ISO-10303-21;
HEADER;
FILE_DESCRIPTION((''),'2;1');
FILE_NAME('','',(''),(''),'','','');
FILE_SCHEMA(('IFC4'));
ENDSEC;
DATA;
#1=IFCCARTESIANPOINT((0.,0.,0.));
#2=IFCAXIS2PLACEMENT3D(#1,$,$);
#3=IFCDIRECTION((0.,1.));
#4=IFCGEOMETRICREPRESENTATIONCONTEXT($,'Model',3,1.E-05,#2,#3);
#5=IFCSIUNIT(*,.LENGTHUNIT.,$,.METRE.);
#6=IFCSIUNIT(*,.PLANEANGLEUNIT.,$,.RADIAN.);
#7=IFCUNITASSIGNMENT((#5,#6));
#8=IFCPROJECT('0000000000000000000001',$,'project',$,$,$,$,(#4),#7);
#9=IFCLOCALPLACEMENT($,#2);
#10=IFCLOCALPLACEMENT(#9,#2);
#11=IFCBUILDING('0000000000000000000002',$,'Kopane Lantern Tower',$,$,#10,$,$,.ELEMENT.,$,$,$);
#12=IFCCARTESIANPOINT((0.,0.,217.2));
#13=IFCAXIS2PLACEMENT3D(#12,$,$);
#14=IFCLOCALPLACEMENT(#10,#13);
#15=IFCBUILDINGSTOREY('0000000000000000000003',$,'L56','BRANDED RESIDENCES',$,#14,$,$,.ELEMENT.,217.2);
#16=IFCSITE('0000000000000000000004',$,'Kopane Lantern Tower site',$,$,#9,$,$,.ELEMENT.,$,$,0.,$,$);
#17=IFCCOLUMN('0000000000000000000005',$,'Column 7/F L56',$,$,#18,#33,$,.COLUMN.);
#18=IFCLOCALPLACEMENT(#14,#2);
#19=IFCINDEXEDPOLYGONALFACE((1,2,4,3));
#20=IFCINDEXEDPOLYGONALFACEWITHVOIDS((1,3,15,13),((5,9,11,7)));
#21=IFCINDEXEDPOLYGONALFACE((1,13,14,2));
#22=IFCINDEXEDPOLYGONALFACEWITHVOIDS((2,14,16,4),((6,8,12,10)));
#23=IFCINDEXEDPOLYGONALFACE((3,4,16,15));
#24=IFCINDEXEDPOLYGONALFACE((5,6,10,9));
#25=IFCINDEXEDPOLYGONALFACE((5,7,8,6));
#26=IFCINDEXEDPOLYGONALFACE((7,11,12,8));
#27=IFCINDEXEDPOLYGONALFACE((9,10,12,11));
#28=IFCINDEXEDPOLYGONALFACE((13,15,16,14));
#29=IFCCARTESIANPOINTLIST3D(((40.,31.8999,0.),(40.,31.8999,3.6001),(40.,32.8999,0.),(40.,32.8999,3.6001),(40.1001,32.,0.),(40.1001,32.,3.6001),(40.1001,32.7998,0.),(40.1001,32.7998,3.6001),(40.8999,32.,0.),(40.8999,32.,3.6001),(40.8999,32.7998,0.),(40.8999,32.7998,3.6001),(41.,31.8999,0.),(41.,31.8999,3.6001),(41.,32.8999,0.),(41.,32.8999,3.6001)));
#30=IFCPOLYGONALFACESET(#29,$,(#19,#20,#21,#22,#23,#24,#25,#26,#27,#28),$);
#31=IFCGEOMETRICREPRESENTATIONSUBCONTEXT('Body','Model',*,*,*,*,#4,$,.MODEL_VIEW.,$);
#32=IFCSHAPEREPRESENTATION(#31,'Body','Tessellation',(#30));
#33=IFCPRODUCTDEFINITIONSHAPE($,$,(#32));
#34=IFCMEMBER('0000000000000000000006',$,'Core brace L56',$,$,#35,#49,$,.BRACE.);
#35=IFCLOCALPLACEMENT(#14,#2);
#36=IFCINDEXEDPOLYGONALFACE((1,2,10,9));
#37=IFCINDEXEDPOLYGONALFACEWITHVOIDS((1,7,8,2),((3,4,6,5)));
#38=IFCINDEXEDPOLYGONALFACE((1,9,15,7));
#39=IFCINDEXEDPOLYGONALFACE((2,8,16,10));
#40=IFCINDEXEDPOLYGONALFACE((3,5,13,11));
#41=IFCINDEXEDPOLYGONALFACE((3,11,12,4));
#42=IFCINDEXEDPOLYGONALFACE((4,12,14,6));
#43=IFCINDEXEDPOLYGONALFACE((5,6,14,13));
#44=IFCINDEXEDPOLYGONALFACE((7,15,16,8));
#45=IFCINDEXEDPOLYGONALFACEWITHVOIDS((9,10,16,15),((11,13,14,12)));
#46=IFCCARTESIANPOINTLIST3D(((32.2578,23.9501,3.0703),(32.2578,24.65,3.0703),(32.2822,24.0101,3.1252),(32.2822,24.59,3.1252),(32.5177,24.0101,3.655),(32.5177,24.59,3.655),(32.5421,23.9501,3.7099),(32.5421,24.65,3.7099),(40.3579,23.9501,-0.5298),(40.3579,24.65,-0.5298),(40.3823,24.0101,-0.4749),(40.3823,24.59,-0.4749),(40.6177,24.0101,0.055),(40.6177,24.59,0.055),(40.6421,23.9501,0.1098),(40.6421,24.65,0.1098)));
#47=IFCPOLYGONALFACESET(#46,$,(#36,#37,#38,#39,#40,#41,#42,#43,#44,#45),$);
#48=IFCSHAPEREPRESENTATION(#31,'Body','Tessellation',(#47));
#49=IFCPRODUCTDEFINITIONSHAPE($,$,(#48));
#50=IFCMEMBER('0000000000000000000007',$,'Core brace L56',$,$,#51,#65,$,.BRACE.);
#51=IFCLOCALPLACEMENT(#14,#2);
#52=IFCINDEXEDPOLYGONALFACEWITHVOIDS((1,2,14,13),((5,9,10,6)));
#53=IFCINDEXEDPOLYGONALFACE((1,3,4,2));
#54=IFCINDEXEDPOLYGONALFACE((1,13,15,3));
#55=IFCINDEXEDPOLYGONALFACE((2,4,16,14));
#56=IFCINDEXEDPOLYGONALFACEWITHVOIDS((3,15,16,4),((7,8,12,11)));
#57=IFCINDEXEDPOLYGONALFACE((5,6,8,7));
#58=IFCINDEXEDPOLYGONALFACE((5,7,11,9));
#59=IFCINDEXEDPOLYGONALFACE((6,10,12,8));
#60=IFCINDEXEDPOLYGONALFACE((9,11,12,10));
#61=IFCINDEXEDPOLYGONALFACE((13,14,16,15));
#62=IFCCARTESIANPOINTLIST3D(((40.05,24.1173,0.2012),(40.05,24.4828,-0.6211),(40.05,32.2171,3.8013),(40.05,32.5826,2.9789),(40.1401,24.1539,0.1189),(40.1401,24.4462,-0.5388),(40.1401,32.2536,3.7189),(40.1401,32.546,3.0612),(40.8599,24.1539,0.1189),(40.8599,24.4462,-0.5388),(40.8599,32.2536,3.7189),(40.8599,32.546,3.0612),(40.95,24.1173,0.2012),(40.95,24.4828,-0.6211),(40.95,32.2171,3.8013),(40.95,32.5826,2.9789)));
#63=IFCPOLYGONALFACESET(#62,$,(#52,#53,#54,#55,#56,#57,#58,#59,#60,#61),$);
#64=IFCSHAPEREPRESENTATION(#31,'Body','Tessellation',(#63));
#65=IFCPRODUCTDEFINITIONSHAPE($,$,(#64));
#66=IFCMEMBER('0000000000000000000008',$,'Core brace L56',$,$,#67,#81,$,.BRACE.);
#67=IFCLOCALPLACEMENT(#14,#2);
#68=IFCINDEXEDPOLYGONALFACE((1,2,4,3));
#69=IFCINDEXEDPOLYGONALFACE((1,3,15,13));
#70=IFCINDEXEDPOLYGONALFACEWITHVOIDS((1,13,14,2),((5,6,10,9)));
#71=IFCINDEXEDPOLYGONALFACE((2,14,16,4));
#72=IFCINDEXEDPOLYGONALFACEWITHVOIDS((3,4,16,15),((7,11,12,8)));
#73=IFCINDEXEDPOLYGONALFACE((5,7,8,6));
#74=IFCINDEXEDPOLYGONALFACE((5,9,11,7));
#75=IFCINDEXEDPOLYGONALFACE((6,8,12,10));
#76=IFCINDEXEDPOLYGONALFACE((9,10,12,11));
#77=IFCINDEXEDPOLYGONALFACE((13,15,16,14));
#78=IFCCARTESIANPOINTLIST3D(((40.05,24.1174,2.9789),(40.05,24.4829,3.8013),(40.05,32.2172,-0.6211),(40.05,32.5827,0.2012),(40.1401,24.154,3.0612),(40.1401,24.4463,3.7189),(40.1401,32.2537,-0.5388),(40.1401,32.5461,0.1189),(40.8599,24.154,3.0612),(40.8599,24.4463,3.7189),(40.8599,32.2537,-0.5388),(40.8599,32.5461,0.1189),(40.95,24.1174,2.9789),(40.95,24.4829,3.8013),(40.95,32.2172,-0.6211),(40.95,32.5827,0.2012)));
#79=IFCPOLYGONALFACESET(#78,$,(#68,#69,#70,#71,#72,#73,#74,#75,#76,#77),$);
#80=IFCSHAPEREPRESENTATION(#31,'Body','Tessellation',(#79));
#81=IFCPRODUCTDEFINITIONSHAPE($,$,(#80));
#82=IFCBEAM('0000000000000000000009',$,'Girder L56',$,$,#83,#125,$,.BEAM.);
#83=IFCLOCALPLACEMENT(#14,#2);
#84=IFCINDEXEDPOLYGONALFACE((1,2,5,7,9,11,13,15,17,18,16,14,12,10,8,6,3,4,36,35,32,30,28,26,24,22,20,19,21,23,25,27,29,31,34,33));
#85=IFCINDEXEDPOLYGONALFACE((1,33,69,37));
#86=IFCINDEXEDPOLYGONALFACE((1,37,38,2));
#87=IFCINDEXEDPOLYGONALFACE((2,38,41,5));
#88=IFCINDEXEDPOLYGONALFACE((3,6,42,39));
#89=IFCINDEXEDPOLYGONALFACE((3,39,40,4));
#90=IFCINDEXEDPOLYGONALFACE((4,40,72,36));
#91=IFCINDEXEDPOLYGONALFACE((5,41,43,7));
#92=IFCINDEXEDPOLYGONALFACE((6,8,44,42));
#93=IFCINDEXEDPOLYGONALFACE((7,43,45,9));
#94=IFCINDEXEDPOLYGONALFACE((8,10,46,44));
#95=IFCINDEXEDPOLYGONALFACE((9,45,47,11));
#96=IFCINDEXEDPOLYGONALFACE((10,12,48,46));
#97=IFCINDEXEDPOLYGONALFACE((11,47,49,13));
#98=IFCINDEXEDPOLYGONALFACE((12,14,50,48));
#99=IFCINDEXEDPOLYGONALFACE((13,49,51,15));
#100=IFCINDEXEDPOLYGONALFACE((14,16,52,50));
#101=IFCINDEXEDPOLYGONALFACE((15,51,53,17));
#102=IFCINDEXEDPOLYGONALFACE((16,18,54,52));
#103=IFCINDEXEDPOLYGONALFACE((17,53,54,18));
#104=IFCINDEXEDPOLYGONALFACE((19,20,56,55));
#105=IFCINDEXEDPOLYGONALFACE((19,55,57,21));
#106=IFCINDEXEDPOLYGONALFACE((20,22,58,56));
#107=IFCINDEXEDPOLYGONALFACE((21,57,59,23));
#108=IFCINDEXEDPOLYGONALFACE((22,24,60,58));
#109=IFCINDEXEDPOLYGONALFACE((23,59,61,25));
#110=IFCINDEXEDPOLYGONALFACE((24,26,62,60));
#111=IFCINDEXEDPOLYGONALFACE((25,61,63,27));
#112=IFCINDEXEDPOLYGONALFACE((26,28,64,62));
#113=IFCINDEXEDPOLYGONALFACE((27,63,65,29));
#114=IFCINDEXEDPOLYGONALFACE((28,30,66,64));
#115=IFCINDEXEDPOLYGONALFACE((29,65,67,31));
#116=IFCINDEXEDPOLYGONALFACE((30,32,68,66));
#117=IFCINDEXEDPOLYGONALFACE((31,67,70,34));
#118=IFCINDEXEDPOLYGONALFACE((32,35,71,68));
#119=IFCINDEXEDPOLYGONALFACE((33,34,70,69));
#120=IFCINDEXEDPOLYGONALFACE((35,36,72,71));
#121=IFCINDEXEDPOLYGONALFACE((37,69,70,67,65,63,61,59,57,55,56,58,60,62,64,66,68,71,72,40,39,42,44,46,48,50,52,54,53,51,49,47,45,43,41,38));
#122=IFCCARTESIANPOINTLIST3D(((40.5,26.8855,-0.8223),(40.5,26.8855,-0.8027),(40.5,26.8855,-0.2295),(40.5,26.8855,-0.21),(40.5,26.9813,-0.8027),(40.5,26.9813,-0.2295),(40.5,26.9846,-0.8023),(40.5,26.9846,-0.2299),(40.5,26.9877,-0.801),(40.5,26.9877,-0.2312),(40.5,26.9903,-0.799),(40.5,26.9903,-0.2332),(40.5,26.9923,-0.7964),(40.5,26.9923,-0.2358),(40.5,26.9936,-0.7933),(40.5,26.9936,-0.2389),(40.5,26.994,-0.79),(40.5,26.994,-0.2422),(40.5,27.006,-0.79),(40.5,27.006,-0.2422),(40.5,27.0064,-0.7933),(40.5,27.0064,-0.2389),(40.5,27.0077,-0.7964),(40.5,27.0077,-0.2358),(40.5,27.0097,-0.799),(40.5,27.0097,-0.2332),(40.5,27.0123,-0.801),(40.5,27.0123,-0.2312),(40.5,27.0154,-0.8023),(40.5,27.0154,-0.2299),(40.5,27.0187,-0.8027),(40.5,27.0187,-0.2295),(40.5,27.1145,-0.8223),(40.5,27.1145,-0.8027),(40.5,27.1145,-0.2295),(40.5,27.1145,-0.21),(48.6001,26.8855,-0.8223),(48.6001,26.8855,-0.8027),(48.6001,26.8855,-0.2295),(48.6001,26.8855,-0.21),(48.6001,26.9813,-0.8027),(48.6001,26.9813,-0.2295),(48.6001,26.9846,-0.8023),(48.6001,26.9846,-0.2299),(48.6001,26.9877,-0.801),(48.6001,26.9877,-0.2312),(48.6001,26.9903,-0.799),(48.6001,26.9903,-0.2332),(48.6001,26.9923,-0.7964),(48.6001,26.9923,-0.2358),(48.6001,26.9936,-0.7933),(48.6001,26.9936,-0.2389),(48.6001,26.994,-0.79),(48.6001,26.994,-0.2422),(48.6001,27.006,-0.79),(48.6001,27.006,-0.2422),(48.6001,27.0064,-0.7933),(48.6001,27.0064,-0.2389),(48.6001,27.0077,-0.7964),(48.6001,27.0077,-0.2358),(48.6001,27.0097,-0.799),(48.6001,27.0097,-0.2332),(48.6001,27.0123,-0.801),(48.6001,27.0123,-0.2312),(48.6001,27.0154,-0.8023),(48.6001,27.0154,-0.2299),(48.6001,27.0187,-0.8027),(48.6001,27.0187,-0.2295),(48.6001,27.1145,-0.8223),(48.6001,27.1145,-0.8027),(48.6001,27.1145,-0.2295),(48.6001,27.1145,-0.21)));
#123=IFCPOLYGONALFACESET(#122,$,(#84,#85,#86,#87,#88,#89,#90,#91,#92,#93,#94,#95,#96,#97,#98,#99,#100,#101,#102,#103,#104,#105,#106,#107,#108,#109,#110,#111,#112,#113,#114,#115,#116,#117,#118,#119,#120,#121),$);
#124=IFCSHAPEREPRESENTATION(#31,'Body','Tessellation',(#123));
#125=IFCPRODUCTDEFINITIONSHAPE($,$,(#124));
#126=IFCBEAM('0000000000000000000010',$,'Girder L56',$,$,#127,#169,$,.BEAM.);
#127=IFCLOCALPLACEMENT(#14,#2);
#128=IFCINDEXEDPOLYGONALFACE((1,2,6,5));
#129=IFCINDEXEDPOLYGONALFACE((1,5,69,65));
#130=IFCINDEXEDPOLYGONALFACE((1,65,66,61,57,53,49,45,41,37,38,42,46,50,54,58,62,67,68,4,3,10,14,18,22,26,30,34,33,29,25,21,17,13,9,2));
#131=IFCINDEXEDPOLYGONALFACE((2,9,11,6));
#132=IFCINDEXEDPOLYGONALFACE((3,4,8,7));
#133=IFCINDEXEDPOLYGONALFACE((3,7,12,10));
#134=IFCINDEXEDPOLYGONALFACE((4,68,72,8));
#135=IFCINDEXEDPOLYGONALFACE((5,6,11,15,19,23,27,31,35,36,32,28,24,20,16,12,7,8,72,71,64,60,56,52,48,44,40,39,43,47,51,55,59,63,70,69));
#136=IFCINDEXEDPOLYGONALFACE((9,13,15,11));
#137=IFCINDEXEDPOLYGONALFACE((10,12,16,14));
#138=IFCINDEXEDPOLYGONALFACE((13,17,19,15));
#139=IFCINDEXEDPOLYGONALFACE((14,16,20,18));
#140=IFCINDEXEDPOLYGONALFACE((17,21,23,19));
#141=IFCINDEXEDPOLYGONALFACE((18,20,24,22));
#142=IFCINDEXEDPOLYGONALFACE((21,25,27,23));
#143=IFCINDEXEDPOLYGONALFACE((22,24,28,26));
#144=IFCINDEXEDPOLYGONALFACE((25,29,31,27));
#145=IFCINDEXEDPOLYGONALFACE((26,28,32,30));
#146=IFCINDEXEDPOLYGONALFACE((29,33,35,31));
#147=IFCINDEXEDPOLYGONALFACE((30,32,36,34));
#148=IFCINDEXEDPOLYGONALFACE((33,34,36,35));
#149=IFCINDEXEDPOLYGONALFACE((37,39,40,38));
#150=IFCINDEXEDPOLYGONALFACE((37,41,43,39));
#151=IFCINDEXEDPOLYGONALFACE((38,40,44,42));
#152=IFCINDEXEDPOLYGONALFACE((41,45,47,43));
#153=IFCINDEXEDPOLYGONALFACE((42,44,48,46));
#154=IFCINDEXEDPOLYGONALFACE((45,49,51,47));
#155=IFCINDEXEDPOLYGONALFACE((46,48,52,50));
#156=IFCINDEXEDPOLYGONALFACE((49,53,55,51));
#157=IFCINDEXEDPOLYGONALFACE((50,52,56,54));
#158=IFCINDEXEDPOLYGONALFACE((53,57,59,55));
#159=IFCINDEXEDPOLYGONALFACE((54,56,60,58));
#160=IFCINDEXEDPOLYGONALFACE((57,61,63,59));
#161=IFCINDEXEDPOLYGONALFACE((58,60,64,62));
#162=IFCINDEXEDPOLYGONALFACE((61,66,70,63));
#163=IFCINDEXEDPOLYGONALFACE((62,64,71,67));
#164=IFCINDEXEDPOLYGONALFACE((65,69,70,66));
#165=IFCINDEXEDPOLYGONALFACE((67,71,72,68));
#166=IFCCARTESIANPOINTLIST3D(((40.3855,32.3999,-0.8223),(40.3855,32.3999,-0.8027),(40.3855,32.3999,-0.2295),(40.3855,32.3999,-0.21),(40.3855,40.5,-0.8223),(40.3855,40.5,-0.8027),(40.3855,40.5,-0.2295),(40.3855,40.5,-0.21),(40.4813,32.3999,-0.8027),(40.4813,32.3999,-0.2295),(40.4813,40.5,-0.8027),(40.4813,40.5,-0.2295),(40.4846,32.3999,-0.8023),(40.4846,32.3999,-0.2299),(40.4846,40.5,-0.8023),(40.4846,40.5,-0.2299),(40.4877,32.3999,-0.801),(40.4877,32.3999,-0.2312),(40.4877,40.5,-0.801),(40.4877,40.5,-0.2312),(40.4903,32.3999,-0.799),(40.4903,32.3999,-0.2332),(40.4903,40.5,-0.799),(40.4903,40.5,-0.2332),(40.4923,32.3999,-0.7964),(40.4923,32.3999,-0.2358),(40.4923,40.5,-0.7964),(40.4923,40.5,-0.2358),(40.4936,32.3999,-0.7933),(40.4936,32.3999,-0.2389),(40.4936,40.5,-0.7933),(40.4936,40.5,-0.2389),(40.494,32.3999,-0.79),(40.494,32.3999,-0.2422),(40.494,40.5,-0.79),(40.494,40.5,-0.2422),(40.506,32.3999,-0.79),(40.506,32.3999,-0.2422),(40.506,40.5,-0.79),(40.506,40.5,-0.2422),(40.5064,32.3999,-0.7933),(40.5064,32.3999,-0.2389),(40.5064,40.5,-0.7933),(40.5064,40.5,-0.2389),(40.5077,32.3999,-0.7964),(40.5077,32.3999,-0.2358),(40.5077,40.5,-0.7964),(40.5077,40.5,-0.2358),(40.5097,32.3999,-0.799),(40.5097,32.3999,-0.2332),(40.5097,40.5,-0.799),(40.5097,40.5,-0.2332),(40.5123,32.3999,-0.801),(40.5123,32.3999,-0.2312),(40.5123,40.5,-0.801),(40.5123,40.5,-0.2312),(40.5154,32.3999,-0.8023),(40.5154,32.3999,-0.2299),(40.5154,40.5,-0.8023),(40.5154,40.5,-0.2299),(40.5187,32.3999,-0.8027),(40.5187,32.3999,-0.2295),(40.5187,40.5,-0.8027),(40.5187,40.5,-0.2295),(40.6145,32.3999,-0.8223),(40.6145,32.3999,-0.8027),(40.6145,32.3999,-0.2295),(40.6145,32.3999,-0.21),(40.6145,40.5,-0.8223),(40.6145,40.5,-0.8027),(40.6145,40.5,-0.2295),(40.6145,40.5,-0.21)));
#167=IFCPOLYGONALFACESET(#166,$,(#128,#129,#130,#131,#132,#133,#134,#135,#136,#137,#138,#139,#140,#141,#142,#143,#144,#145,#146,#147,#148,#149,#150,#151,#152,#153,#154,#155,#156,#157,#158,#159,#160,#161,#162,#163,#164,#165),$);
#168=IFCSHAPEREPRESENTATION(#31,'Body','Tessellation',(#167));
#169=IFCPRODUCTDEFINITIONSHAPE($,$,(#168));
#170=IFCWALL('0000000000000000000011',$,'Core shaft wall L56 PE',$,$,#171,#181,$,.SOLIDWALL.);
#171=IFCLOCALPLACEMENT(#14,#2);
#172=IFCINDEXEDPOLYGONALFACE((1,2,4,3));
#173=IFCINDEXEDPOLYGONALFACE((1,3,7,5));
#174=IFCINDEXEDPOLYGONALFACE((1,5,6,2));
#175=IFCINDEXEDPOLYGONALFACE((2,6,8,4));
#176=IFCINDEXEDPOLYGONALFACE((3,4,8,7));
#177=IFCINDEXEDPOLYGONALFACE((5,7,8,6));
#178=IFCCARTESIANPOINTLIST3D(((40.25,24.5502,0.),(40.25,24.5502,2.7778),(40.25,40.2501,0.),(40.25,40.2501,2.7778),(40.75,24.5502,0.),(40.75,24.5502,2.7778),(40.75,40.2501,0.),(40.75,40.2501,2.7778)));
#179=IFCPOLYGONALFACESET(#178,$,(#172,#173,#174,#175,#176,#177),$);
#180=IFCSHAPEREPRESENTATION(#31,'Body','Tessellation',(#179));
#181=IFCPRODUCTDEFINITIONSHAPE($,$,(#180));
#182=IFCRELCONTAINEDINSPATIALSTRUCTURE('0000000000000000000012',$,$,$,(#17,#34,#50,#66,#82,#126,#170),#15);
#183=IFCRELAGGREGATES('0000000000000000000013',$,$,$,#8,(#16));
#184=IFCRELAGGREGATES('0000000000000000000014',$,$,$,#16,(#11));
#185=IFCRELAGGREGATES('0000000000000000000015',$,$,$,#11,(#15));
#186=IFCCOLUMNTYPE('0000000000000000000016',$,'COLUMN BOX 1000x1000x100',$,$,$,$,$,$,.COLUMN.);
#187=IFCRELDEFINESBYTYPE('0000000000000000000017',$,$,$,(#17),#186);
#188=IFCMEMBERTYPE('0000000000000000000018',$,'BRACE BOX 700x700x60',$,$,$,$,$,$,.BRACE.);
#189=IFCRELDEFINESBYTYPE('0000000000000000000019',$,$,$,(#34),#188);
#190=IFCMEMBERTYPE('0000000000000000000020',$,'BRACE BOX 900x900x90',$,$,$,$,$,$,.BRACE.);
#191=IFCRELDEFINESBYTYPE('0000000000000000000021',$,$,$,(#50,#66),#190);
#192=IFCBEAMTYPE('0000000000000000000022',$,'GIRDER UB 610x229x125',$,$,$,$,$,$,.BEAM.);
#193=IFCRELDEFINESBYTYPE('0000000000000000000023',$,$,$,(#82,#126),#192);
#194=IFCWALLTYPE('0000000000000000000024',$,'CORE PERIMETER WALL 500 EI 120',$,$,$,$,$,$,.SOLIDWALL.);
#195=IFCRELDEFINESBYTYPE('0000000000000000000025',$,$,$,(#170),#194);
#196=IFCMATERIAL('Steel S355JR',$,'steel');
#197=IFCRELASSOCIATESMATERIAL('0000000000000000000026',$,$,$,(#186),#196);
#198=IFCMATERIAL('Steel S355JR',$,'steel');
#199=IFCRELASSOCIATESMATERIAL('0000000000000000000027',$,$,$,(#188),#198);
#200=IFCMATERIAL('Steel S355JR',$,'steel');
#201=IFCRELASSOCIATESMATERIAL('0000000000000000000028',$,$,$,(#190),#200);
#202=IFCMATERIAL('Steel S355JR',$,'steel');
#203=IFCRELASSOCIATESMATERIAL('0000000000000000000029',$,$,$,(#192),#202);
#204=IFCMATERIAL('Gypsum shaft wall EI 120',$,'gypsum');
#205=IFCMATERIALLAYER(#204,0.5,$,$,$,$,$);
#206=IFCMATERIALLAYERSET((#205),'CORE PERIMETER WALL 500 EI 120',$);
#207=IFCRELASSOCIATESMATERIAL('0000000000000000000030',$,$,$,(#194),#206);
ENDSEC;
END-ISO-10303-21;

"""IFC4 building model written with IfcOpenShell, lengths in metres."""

from ifc_helpers import new_model, si_unit, direction, frame, frame_2d, origin, origin_2d, place, context, subcontext, project, spatial, rectangle, hollow_rectangle, i_section, extrude, material, layer, layer_set, material_profile, profile_set, type_object, element, save


model = new_model("IFC4")

# Units and contexts
model_context = context("Model", 3, precision=1e-05, world=origin(), true_north=direction((0.0, 1.0)))
body_context = subcontext(model_context, "Body", "Model", "MODEL_VIEW")
ifc_project = project(units=[si_unit("LENGTHUNIT", "METRE"), si_unit("PLANEANGLEUNIT", "RADIAN")], contexts=[model_context])

# Site, building, storey
site_placement = place(None, origin())
site = spatial("IfcSite", under=ifc_project, at=site_placement, Name="Kopane Lantern Tower site", CompositionType="ELEMENT", RefElevation=0.0)
building_placement = place(site_placement, origin())
building = spatial("IfcBuilding", under=site, at=building_placement, Name="Kopane Lantern Tower", CompositionType="ELEMENT")
storey_placement = place(building_placement, frame((0.0, 0.0, 217.2)))
storey = spatial("IfcBuildingStorey", under=building, at=storey_placement, Name="L56", Description="BRANDED RESIDENCES", CompositionType="ELEMENT", Elevation=217.2)

# Column
ifc_material_1 = material(Name="Steel S355JR", Category="steel")
ifc_material_profile_1 = material_profile(ifc_material_1, hollow_rectangle(XDim=1.0, YDim=1.0, WallThickness=0.1001, at=origin_2d()), Name="BOX 1000x1000x100")
ifc_profile_set_1 = profile_set([ifc_material_profile_1], Name="Steel S355JR")
column_type = type_object("IfcColumnType", Name="COLUMN BOX 1000x1000x100", PredefinedType="COLUMN", material=ifc_profile_set_1)
column_placement = place(storey_placement, frame((40.5, 32.3999, 0.0), z_axis=(0.0, 0.0, 1.0), x_axis=(1.0, 0.0, 0.0)))
element("IfcColumn", 1, at=column_placement, inside=storey, type_object=column_type, Name="Column 7/F L56", PredefinedType="COLUMN", context=body_context, shape_type="SweptSolid", body=[
    extrude(hollow_rectangle(XDim=1.0, YDim=1.0, WallThickness=0.1001, at=origin_2d()), origin(), (0.0, 0.0, 1.0), 3.6001),
])

# Members
ifc_material_2 = material(Name="Steel S355JR", Category="steel")
ifc_material_profile_2 = material_profile(ifc_material_2, hollow_rectangle(XDim=0.7, YDim=0.7, WallThickness=0.0601, at=origin_2d()), Name="BOX 700x700x60")
ifc_profile_set_2 = profile_set([ifc_material_profile_2], Name="Steel S355JR")
member_type_1 = type_object("IfcMemberType", Name="BRACE BOX 700x700x60", PredefinedType="BRACE", material=ifc_profile_set_2)
member_placement = place(storey_placement, frame((40.5, 24.3, -0.21), z_axis=(-0.913809, 0.0, 0.406144), x_axis=(0.0, -1.0, 0.0)))
element("IfcMember", 2, at=member_placement, inside=storey, type_object=member_type_1, Name="Core brace L56", PredefinedType="BRACE", context=body_context, shape_type="SweptSolid", body=[
    extrude(hollow_rectangle(XDim=0.7, YDim=0.7, WallThickness=0.0601, at=origin_2d()), origin(), (0.0, 0.0, 1.0), 8.864),
])
ifc_material_3 = material(Name="Steel S355JR", Category="steel")
ifc_material_profile_3 = material_profile(ifc_material_3, hollow_rectangle(XDim=0.8999, YDim=0.8999, WallThickness=0.0901, at=origin_2d()), Name="BOX 900x900x90")
ifc_profile_set_3 = profile_set([ifc_material_profile_3], Name="Steel S355JR")
member_type_2 = type_object("IfcMemberType", Name="BRACE BOX 900x900x90", PredefinedType="BRACE", material=ifc_profile_set_3)
for number, where, z_axis, x_axis, name in (
    (3, (40.5, 24.3, -0.21), (0.0, 0.913805, 0.406154), (-1.0, 0.0, 0.0), "Core brace L56"),
    (4, (40.5, 32.3999, -0.21), (0.0, -0.913805, 0.406154), (1.0, 0.0, 0.0), "Core brace L56"),
):
    element("IfcMember", number, at=place(storey_placement, frame(where, z_axis=z_axis, x_axis=x_axis)), inside=storey, type_object=member_type_2, Name=name, PredefinedType="BRACE", context=body_context, shape_type="SweptSolid", body=[
        extrude(hollow_rectangle(XDim=0.8999, YDim=0.8999, WallThickness=0.0901, at=origin_2d()), origin(), (0.0, 0.0, 1.0), 8.8638),
    ])

# Beams
ifc_material_4 = material(Name="Steel S355JR", Category="steel")
ifc_material_profile_4 = material_profile(ifc_material_4, i_section(OverallWidth=0.229, OverallDepth=0.6123, WebThickness=0.012, FlangeThickness=0.0195, FilletRadius=0.0127, at=origin_2d()), Name="UB 610x229x125")
ifc_profile_set_4 = profile_set([ifc_material_profile_4], Name="Steel S355JR")
beam_type = type_object("IfcBeamType", Name="GIRDER UB 610x229x125", PredefinedType="BEAM", material=ifc_profile_set_4)
for number, where, z_axis, x_axis, name in (
    (5, (40.5, 27.0, -0.5161), (1.0, 0.0, 0.0), (0.0, 1.0, 0.0), "Girder L56"),
    (6, (40.5, 32.3999, -0.5161), (0.0, 1.0, 0.0), (-1.0, 0.0, 0.0), "Girder L56"),
):
    element("IfcBeam", number, at=place(storey_placement, frame(where, z_axis=z_axis, x_axis=x_axis)), inside=storey, type_object=beam_type, Name=name, PredefinedType="BEAM", context=body_context, shape_type="SweptSolid", body=[
        extrude(i_section(OverallWidth=0.229, OverallDepth=0.6123, WebThickness=0.012, FlangeThickness=0.0195, FilletRadius=0.0127, at=origin_2d()), origin(), (0.0, 0.0, 1.0), 8.1001),
    ])

# Wall
ifc_material_5 = material(Name="Gypsum shaft wall EI 120", Category="gypsum")
ifc_layer_1 = layer(ifc_material_5, 0.5)
ifc_layer_set_1 = layer_set([ifc_layer_1], Name="CORE PERIMETER WALL 500 EI 120")
wall_type_1 = type_object("IfcWallType", Name="CORE PERIMETER WALL 500 EI 120", PredefinedType="SOLIDWALL", material=ifc_layer_set_1)
wall_1_placement = place(storey_placement, frame((40.5, 24.55, 0.0), z_axis=(0.0, 0.0, 1.0), x_axis=(0.0, 1.0, 0.0)))
element("IfcWall", 7, at=wall_1_placement, inside=storey, type_object=wall_type_1, Name="Core shaft wall L56 PE", PredefinedType="SOLIDWALL", context=body_context, shape_type="SweptSolid", body=[
    extrude(rectangle(XDim=15.7, YDim=0.5, at=frame_2d((7.8501, 0.0))), origin(), (0.0, 0.0, 1.0), 2.7778),
])

save(model, "model.ifc")
